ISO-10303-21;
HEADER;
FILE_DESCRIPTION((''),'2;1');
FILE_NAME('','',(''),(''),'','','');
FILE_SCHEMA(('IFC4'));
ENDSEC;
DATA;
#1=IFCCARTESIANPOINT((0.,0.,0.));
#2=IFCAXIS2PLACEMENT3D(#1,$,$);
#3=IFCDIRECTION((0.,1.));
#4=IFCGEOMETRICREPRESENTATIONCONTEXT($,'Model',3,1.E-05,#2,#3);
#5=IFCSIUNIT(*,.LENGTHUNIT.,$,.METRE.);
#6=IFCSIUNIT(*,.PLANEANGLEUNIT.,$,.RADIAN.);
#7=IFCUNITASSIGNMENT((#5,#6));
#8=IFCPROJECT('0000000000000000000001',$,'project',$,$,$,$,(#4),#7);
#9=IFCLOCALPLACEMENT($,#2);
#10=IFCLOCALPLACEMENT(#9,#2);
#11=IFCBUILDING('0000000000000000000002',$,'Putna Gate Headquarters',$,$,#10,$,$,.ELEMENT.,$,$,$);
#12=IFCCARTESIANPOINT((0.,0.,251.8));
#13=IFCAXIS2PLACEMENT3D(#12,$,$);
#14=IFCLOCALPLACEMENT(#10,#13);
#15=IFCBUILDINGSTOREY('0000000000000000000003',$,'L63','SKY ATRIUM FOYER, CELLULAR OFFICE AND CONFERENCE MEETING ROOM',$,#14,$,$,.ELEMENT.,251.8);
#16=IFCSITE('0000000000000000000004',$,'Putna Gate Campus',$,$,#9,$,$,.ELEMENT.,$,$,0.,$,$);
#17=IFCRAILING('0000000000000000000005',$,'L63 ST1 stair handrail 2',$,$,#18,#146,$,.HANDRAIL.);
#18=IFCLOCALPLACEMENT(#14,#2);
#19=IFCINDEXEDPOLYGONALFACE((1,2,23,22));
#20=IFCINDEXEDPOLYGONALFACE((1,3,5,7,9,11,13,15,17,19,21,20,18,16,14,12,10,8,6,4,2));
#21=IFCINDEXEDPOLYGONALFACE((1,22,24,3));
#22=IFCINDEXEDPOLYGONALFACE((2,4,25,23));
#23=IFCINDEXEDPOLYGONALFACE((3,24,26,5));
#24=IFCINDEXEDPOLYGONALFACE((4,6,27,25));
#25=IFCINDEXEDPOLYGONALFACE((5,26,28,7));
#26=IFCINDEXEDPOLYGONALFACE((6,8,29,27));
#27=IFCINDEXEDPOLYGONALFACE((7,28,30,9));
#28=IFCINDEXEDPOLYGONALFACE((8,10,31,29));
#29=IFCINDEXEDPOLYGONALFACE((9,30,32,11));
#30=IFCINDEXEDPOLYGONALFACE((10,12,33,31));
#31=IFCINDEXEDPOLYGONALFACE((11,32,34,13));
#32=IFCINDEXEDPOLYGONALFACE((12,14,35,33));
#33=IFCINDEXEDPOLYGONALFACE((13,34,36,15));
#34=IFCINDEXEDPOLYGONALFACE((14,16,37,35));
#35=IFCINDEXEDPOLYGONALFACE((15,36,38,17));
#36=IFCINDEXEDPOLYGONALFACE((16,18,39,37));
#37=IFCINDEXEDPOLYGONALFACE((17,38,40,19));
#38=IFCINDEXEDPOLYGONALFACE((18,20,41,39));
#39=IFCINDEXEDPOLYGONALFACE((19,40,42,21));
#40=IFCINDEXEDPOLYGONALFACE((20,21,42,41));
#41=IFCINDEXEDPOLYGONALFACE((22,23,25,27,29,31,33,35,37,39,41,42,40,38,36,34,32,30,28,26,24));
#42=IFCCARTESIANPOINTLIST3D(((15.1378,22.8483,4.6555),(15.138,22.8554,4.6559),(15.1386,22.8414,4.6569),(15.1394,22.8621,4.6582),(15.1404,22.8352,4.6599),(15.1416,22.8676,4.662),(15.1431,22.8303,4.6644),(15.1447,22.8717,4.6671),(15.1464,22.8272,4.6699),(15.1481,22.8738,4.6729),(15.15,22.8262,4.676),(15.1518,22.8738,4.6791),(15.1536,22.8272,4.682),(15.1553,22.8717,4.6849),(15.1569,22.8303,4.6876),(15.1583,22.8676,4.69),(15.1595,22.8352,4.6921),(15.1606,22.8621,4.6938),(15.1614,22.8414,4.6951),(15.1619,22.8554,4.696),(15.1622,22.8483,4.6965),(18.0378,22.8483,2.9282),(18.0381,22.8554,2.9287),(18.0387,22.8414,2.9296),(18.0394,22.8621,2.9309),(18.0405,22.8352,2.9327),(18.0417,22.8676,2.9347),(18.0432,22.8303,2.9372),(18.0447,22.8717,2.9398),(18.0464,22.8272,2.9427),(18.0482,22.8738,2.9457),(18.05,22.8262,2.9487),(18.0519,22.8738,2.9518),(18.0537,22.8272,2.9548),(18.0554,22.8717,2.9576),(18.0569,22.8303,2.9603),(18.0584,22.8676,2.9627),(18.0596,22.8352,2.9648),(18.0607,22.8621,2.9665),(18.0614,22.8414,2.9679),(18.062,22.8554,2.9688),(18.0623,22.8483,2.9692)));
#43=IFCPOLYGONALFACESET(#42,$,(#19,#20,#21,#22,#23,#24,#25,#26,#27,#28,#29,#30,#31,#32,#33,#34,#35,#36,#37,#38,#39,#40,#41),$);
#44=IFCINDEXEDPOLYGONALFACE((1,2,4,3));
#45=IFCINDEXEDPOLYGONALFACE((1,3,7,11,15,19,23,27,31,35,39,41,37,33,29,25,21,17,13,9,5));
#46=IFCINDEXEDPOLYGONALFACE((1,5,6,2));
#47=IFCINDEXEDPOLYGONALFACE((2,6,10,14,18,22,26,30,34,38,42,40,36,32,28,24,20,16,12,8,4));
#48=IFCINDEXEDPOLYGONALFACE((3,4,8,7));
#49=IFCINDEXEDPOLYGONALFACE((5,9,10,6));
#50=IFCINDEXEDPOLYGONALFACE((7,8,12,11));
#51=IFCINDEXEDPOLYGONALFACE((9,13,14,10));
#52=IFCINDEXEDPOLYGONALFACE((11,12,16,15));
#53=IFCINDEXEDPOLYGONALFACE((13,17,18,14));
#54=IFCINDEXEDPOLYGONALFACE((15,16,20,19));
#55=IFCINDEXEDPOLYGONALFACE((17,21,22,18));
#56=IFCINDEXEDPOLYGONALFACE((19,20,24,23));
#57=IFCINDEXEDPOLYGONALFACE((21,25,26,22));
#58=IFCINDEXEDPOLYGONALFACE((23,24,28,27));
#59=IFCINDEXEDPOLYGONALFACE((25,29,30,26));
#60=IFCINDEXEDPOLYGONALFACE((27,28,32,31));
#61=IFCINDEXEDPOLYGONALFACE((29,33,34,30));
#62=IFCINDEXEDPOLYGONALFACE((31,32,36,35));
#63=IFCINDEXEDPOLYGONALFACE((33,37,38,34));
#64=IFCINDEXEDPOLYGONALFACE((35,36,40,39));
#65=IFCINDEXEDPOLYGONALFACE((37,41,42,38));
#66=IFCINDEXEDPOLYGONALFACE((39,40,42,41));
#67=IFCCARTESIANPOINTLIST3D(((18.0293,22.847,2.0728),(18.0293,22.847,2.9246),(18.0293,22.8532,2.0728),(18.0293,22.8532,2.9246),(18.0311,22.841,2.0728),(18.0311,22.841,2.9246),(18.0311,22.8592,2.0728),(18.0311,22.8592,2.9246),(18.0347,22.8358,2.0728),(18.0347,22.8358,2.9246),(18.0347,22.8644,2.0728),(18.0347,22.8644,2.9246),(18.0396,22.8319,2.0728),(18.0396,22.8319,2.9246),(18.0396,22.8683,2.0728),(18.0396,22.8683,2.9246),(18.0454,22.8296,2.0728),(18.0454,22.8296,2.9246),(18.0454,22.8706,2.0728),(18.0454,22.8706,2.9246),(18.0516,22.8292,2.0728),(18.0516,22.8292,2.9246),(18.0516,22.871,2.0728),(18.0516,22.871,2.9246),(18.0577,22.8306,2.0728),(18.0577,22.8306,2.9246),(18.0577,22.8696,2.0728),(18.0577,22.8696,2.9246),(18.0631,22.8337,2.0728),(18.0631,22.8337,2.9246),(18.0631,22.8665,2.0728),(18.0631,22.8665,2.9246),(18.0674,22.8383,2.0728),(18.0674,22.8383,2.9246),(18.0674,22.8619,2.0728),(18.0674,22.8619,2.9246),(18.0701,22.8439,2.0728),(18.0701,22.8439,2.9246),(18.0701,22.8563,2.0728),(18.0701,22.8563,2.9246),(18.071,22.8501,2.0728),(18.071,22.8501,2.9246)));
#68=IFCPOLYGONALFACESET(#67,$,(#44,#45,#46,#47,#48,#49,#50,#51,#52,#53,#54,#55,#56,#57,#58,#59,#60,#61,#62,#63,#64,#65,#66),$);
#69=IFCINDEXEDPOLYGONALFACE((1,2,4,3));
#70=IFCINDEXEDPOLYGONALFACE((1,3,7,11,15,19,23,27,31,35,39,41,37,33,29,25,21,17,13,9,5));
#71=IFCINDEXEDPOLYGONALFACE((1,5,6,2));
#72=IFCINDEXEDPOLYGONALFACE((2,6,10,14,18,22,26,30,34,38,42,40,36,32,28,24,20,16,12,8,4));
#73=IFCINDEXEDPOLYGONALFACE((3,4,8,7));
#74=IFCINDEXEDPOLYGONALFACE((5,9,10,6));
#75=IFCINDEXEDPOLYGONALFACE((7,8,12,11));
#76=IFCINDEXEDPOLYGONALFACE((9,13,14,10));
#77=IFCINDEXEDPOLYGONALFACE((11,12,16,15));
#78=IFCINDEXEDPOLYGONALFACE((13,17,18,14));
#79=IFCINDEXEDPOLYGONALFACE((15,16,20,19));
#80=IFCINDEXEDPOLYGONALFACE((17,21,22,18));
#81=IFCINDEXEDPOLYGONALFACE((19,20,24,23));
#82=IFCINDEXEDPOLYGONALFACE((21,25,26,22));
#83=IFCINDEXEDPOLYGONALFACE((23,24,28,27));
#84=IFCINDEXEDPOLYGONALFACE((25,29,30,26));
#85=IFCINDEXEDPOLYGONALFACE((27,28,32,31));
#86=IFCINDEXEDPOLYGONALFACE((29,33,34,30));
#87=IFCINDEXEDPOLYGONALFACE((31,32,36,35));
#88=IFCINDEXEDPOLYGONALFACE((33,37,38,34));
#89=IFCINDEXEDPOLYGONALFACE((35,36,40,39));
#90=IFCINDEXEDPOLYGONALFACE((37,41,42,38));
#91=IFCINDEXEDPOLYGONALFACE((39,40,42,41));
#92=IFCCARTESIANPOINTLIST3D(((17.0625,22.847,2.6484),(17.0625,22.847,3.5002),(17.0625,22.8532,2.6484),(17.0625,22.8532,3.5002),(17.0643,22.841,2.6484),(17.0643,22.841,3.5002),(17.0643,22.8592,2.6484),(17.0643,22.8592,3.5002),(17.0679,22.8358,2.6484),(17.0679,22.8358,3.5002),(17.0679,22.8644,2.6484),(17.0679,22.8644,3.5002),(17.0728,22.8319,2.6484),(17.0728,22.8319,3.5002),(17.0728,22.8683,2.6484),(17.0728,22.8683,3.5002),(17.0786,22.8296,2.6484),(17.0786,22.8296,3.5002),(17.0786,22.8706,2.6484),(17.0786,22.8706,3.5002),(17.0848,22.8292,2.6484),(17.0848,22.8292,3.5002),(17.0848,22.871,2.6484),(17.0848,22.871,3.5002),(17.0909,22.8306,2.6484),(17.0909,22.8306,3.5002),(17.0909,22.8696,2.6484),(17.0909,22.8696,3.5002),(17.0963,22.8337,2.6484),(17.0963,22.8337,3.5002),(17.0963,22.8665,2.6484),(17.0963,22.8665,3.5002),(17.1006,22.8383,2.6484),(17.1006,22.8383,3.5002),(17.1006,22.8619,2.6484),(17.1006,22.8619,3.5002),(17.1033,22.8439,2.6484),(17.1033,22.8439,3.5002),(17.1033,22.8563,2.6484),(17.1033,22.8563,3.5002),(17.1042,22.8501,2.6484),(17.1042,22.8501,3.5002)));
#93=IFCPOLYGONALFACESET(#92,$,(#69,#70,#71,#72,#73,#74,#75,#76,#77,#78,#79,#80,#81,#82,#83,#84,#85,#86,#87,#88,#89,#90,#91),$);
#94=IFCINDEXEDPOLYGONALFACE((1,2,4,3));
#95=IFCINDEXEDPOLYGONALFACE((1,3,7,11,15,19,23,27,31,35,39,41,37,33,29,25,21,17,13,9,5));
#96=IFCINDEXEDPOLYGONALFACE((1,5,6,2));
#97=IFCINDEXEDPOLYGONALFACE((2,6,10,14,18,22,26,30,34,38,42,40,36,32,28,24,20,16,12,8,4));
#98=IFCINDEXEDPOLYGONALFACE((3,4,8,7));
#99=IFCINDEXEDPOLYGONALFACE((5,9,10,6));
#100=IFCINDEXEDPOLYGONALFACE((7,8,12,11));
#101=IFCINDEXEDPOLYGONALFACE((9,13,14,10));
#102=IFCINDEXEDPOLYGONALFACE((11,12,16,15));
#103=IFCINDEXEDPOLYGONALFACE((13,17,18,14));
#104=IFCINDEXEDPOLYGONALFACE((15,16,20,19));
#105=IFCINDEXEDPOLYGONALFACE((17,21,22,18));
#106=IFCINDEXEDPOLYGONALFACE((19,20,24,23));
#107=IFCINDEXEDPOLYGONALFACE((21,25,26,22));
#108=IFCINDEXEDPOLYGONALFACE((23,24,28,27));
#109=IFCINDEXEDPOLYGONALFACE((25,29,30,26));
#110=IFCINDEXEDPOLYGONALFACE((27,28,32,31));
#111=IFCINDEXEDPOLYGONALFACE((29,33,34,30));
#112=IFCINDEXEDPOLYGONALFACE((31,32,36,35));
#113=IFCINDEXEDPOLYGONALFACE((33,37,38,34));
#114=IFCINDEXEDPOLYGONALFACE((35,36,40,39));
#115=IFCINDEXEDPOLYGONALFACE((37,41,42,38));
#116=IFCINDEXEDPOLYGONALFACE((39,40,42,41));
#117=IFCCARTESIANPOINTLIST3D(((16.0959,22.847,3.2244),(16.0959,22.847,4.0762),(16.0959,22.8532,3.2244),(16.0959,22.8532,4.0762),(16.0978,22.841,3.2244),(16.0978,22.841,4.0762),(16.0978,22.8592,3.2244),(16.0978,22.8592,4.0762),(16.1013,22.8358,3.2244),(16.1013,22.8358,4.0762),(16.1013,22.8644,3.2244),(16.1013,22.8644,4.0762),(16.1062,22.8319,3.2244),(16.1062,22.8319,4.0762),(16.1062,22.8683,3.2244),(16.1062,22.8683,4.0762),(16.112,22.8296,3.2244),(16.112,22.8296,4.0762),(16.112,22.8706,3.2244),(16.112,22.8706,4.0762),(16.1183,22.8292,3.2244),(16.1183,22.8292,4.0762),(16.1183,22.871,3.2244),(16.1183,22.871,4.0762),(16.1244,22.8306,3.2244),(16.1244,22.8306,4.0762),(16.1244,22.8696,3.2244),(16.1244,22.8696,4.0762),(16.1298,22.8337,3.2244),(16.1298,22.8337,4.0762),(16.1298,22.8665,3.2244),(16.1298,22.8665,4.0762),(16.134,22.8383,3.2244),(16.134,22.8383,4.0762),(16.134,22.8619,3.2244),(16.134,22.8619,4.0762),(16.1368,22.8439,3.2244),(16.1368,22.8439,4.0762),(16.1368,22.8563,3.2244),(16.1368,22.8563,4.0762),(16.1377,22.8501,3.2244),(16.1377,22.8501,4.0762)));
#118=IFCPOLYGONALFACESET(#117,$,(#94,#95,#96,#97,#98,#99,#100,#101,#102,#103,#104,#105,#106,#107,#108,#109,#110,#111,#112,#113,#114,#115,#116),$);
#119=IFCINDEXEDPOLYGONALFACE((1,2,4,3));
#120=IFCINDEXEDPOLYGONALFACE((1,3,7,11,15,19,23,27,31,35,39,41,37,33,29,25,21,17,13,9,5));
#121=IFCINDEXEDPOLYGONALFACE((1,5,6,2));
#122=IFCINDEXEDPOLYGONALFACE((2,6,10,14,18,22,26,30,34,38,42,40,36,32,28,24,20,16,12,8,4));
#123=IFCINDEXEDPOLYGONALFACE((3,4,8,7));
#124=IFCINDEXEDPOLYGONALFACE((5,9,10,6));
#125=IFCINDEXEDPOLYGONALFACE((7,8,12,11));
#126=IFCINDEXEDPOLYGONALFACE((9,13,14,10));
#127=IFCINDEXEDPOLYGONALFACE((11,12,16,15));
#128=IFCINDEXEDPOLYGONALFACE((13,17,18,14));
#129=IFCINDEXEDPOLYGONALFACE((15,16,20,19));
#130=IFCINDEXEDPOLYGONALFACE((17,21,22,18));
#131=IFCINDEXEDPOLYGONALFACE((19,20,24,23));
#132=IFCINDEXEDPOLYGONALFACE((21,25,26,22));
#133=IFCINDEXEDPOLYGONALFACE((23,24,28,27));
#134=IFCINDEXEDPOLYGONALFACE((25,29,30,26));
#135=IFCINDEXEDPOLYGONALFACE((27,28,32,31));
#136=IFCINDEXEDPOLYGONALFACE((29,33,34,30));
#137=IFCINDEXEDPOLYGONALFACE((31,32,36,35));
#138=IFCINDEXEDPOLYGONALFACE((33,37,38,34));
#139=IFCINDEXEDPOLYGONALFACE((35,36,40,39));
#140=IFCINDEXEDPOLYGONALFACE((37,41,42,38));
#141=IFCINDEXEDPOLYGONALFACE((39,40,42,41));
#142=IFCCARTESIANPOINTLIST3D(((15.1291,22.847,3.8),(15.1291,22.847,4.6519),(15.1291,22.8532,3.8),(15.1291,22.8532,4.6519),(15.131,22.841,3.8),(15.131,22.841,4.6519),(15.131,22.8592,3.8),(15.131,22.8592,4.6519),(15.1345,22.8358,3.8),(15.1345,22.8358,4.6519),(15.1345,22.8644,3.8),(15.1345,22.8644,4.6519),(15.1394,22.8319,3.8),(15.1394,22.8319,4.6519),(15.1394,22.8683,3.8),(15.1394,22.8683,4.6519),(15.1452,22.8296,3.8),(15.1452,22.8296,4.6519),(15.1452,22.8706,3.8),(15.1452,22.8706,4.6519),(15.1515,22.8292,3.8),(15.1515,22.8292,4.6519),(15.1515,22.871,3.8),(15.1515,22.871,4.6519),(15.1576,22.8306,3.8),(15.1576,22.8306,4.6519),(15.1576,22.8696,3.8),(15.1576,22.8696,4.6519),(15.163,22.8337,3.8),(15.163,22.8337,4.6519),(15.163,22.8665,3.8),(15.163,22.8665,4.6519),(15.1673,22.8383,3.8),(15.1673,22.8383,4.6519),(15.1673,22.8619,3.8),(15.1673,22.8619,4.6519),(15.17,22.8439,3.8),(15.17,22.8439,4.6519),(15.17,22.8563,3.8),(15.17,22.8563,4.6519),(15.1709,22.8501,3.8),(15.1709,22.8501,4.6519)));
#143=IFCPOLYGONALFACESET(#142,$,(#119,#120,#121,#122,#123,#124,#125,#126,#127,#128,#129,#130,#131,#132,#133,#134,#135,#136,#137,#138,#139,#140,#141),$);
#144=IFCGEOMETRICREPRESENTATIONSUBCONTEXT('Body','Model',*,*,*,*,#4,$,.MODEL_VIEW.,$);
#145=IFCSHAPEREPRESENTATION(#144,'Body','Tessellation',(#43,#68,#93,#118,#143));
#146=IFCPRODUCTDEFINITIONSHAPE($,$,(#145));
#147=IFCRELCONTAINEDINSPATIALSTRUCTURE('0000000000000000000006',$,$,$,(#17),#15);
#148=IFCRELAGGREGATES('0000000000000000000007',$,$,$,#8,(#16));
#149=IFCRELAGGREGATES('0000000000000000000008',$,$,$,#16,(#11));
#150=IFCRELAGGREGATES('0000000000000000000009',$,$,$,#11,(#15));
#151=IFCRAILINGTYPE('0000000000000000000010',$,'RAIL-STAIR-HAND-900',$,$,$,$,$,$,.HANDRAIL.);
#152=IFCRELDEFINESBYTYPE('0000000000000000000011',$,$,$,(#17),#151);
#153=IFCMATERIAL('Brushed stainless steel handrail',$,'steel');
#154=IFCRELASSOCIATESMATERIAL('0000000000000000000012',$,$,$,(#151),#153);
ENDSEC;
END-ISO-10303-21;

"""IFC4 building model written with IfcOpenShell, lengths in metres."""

from ifc_helpers import new_model, si_unit, direction, frame, origin, origin_2d, place, context, subcontext, project, spatial, circle, extrude, material, type_object, element, save


model = new_model("IFC4")

# Units and contexts
model_context = context("Model", 3, precision=1e-05, world=origin(), true_north=direction((0.0, 1.0)))
body_context = subcontext(model_context, "Body", "Model", "MODEL_VIEW")
ifc_project = project(units=[si_unit("LENGTHUNIT", "METRE"), si_unit("PLANEANGLEUNIT", "RADIAN")], contexts=[model_context])

# Site, building, storey
site_placement = place(None, origin())
site = spatial("IfcSite", under=ifc_project, at=site_placement, Name="Putna Gate Campus", CompositionType="ELEMENT", RefElevation=0.0)
building_placement = place(site_placement, origin())
building = spatial("IfcBuilding", under=site, at=building_placement, Name="Putna Gate Headquarters", CompositionType="ELEMENT")
storey_placement = place(building_placement, frame((0.0, 0.0, 251.8)))
storey = spatial("IfcBuildingStorey", under=building, at=storey_placement, Name="L63", Description="SKY ATRIUM FOYER, CELLULAR OFFICE AND CONFERENCE MEETING ROOM", CompositionType="ELEMENT", Elevation=251.8)

# Railing
ifc_material_1 = material(Name="Brushed stainless steel handrail", Category="steel")
railing_type_1 = type_object("IfcRailingType", Name="RAIL-STAIR-HAND-900", PredefinedType="HANDRAIL", material=ifc_material_1)
railing_1_placement = place(storey_placement, frame((18.05, 22.8501, 2.0728)))
element("IfcRailing", 1, at=railing_1_placement, inside=storey, type_object=railing_type_1, Name="L63 ST1 stair handrail 2", PredefinedType="HANDRAIL", context=body_context, shape_type="SweptSolid", body=[
    extrude(circle(Radius=0.0239, at=origin_2d()), frame((0.0, 0.0, 0.876), z_axis=(-0.85916, 0.0, 0.511706), x_axis=(0.0, -1.0, 0.0)), (0.0, 0.0, 1.0), 3.3755),
    extrude(circle(Radius=0.021, at=origin_2d()), origin(), (0.0, 0.0, 1.0), 0.8518),
    extrude(circle(Radius=0.021, at=origin_2d()), frame((-0.9668, 0.0, 0.5757)), (0.0, 0.0, 1.0), 0.8518),
    extrude(circle(Radius=0.021, at=origin_2d()), frame((-1.9333, 0.0, 1.1516)), (0.0, 0.0, 1.0), 0.8518),
    extrude(circle(Radius=0.021, at=origin_2d()), frame((-2.9001, 0.0, 1.7273)), (0.0, 0.0, 1.0), 0.8518),
])

save(model, "model.ifc")
